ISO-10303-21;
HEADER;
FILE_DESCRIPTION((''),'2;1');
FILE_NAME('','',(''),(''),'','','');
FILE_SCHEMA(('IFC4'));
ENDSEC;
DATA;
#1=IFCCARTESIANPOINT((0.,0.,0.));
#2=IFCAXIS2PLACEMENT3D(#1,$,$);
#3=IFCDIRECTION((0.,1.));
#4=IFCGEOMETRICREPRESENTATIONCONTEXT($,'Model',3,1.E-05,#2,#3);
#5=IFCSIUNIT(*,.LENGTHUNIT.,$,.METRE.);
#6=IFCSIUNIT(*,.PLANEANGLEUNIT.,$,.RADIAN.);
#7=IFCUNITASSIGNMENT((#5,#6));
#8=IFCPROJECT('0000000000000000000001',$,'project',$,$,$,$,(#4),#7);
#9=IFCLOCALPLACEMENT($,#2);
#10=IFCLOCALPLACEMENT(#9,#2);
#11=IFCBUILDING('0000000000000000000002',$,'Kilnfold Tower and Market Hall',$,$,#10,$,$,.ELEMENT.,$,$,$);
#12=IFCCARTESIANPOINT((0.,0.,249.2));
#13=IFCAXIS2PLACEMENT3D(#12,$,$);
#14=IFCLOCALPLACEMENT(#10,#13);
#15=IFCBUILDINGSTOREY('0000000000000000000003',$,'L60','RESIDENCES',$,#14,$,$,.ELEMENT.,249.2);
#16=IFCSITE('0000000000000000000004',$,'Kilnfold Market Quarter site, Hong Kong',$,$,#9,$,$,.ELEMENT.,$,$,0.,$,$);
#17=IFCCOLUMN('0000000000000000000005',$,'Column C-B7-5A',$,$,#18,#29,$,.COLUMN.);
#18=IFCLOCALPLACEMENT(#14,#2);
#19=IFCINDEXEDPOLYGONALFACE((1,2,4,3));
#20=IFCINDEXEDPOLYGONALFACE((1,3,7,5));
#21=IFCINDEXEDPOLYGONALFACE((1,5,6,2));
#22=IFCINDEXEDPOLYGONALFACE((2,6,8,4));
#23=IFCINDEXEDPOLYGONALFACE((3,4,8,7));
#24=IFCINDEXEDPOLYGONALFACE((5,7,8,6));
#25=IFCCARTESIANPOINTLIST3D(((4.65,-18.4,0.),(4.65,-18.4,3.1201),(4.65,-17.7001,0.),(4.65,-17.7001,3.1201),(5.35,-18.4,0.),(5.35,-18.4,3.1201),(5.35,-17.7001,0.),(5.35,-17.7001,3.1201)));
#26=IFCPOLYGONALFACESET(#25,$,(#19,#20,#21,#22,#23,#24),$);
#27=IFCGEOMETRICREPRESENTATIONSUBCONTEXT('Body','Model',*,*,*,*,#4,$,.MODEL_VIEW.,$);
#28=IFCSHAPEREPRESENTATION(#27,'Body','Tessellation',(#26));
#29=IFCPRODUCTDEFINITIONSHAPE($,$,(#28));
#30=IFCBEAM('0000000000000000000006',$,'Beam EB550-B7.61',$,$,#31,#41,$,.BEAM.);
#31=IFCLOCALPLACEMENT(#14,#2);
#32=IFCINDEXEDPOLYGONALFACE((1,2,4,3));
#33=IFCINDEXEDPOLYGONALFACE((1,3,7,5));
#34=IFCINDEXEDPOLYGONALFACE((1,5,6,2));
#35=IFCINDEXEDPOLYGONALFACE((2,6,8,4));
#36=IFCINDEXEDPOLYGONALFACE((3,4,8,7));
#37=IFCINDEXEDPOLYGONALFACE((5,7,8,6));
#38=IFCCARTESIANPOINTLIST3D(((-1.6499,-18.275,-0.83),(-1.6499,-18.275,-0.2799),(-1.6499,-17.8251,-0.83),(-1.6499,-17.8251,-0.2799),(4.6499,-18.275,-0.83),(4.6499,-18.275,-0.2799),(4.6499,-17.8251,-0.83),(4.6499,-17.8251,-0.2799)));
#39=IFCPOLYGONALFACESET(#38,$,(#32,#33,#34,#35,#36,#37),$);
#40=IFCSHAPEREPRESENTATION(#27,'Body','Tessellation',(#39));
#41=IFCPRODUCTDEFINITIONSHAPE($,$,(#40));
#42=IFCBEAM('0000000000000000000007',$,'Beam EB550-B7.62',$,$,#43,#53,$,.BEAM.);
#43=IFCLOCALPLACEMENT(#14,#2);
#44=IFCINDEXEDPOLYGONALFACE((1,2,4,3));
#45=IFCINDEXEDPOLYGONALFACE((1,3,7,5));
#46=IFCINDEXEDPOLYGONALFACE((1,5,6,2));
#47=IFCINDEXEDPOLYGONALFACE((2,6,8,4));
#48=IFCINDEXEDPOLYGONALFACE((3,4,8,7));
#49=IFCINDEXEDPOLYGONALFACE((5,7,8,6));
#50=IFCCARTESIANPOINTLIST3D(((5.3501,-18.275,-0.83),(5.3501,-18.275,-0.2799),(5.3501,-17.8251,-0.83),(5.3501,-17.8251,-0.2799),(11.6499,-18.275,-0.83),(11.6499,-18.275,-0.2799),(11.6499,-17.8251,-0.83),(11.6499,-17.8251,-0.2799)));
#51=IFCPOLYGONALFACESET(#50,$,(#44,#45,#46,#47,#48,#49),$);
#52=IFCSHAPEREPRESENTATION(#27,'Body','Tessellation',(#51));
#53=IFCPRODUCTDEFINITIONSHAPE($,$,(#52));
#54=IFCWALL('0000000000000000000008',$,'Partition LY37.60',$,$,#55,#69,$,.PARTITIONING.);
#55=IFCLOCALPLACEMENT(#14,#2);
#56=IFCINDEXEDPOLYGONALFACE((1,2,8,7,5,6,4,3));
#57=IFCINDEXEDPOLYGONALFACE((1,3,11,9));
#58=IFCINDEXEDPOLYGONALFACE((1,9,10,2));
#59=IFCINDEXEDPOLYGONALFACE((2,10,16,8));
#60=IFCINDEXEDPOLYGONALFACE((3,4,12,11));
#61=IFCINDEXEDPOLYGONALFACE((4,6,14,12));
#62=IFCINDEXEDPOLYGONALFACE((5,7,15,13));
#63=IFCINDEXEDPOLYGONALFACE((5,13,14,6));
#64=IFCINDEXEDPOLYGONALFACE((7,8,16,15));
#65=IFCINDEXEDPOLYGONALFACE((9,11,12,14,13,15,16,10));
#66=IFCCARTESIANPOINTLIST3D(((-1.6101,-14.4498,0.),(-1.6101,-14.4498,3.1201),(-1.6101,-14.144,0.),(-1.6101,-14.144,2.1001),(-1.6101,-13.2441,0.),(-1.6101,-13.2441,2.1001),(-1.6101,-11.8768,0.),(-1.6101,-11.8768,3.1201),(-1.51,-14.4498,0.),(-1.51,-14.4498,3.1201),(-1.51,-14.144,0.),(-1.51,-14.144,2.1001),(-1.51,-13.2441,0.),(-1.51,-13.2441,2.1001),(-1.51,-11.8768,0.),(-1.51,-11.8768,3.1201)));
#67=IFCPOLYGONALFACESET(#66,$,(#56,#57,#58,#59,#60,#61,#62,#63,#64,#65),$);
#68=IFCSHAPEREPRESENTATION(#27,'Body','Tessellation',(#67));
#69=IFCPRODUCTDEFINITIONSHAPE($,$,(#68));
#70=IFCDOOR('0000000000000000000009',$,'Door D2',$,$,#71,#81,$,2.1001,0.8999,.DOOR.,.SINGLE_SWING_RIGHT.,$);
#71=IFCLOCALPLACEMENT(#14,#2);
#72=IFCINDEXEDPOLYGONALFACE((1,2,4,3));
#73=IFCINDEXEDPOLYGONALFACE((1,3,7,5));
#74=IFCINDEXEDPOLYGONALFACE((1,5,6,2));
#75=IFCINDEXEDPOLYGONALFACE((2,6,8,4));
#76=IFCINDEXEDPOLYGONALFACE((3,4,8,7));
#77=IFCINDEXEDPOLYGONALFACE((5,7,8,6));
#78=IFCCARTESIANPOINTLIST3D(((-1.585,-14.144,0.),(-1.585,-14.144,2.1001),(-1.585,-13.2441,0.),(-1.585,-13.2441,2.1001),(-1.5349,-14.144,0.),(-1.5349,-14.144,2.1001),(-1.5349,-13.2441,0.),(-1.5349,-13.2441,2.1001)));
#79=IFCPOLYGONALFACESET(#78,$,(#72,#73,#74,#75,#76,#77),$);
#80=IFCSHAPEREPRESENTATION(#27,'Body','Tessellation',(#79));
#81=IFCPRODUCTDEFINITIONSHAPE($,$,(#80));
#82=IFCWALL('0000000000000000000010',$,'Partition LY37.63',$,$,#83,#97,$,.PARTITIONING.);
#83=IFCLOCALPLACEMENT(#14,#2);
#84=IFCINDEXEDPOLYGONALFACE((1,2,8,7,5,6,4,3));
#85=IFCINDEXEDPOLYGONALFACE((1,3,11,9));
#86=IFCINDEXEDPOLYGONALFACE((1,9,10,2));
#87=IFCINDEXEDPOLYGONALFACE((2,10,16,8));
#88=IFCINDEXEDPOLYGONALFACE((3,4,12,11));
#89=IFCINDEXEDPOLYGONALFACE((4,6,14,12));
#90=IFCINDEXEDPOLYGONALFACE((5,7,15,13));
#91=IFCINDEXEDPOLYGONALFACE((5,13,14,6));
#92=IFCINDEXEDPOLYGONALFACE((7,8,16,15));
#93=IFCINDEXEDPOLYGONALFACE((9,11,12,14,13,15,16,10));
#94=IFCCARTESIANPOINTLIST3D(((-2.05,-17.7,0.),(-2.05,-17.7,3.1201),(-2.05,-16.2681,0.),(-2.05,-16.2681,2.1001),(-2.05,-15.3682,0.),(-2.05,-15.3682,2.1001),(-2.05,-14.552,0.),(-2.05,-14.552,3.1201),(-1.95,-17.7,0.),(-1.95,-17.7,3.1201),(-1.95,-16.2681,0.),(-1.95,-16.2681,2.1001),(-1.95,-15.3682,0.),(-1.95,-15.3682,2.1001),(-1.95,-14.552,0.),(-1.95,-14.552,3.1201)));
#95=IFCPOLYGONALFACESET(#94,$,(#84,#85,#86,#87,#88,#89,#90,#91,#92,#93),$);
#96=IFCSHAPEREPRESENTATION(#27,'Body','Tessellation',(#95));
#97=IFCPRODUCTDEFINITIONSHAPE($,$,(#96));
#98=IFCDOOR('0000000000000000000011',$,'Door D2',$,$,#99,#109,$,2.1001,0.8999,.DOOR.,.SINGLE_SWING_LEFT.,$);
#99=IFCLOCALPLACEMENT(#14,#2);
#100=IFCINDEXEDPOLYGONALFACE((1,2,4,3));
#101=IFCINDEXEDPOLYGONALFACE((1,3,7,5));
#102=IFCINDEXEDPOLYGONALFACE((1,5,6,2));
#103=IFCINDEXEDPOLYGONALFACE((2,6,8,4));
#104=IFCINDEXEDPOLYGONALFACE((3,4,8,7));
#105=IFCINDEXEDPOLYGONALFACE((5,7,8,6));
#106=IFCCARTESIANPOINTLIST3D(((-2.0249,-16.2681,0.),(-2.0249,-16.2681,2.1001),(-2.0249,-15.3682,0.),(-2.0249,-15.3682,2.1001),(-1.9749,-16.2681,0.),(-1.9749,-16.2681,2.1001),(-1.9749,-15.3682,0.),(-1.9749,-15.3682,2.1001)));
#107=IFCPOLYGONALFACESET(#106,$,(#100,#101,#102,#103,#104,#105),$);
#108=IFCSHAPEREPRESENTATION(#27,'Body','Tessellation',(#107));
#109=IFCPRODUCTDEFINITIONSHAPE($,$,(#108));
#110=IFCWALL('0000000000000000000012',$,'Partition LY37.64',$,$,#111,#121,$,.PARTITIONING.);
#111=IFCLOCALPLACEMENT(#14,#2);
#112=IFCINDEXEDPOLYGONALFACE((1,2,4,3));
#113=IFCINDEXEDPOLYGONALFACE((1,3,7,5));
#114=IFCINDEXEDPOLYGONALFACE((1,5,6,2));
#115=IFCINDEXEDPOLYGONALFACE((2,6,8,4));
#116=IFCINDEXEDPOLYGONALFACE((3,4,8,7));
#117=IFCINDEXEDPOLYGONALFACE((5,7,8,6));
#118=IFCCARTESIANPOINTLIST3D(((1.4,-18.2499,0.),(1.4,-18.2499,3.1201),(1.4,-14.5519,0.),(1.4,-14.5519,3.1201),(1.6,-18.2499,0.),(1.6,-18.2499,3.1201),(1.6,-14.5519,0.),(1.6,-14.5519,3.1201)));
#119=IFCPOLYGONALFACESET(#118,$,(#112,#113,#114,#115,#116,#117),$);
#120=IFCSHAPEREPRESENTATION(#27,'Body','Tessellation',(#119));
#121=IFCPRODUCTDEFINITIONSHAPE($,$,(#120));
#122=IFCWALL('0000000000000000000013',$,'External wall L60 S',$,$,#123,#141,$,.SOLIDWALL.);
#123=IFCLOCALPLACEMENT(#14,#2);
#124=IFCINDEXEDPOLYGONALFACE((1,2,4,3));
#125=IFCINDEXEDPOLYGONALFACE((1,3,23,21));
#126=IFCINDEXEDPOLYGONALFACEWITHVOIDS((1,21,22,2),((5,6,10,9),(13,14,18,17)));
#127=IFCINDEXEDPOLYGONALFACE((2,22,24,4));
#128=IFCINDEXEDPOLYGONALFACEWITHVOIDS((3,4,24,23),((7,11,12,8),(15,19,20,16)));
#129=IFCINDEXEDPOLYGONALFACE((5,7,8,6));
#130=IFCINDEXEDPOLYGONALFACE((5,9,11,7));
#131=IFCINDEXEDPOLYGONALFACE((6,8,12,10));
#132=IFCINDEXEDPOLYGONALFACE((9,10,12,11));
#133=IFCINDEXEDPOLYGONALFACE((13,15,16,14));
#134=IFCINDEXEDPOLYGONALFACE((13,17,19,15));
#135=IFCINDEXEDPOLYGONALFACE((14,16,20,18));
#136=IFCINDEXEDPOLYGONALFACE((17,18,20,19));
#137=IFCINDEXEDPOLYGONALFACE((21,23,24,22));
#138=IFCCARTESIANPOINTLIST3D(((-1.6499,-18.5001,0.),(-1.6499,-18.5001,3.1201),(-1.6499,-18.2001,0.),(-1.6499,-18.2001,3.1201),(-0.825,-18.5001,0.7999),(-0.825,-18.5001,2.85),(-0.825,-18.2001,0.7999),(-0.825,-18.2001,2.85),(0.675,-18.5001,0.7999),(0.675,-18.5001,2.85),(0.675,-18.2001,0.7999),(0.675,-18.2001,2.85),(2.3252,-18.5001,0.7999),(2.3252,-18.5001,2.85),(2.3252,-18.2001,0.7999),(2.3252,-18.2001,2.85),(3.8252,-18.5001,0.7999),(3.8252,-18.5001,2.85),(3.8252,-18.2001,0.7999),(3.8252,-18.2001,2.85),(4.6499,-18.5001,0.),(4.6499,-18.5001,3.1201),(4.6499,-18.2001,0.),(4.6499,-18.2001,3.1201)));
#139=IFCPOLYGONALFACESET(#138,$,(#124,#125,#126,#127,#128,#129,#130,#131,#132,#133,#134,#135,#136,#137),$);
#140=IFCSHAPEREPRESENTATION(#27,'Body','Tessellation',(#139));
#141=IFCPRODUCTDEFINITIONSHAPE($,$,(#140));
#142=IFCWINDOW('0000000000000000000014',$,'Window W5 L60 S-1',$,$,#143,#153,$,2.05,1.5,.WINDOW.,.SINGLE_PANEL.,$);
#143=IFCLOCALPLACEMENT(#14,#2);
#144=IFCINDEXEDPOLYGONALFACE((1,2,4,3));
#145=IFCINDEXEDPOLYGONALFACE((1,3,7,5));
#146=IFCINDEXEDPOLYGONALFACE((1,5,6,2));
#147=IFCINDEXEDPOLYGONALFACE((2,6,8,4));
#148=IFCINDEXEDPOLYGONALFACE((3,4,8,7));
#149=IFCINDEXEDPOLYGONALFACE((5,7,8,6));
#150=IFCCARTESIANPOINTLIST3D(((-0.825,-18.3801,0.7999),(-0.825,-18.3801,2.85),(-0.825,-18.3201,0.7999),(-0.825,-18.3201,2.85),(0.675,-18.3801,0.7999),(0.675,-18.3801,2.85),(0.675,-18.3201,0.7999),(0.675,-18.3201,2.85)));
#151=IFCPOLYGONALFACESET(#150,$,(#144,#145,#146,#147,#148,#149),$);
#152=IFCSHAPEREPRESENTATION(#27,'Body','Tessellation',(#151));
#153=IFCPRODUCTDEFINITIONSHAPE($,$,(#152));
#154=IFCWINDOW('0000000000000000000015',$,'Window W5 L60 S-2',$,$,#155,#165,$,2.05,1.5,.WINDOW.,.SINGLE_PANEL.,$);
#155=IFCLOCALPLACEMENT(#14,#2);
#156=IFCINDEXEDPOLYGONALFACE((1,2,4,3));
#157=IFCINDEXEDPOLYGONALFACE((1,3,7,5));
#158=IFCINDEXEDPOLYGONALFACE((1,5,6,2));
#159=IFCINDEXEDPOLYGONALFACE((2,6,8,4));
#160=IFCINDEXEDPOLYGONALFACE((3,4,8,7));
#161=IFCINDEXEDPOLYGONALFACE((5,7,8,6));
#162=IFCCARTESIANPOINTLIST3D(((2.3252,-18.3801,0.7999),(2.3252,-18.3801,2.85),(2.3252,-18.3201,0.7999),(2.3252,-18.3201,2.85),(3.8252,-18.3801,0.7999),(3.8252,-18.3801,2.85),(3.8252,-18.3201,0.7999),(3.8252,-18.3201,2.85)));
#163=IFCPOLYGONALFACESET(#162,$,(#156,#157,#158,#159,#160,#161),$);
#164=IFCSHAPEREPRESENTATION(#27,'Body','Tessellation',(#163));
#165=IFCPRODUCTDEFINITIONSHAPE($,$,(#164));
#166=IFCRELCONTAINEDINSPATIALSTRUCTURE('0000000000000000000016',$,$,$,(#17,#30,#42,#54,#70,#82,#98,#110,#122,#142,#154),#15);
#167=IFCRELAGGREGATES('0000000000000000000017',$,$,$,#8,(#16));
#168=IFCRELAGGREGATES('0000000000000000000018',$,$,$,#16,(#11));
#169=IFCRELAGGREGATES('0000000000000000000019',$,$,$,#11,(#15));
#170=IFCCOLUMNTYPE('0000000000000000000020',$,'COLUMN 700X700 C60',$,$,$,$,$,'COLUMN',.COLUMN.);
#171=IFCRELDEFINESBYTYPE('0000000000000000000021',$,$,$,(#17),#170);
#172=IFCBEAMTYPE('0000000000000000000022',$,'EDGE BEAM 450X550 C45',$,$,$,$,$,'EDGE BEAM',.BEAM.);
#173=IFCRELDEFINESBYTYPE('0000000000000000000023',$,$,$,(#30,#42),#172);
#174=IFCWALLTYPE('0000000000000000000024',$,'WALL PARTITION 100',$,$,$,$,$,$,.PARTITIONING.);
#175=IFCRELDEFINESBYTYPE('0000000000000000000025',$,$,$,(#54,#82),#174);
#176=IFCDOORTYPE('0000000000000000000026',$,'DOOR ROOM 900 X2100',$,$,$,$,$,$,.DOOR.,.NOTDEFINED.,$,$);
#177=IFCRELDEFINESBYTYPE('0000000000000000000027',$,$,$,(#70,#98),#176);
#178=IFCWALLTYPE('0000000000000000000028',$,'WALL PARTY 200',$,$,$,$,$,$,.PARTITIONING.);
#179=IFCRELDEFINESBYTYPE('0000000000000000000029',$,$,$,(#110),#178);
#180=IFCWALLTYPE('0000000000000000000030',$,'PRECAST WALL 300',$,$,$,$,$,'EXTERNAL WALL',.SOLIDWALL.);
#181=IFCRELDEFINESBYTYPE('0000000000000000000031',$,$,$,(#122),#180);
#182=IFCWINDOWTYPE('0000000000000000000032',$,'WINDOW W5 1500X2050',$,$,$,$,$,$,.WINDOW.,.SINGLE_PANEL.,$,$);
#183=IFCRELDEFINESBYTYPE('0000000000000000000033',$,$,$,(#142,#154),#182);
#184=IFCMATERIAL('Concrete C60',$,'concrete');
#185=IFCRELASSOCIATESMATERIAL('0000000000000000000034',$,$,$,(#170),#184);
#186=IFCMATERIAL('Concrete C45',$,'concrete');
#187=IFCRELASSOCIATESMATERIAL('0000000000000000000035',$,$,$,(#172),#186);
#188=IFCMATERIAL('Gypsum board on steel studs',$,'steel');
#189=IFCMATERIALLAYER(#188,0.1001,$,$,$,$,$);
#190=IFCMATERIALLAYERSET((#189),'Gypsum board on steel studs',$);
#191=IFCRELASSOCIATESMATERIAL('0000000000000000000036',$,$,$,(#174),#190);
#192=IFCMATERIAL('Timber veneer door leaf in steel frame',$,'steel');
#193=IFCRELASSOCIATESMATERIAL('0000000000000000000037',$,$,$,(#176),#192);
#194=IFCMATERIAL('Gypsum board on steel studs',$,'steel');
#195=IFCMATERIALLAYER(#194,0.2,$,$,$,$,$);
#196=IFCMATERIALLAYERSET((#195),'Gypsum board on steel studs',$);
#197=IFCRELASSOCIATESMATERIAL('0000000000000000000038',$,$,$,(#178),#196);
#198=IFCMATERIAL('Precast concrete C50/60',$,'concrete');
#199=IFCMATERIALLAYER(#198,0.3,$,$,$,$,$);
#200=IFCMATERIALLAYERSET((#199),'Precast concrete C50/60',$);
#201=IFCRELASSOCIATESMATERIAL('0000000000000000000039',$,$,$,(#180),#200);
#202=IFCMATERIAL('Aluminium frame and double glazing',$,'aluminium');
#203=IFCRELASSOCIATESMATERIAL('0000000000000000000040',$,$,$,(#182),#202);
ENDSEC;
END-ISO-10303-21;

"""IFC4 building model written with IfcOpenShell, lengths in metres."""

from ifc_helpers import new_model, si_unit, direction, frame, frame_2d, origin, origin_2d, place, context, subcontext, project, spatial, rectangle, extrude, source, transform, mapped, material, layer, layer_set, material_profile, profile_set, type_object, element, fill, save


model = new_model("IFC4")

# Units and contexts
model_context = context("Model", 3, precision=1e-05, world=origin(), true_north=direction((0.0, 1.0)))
body_context = subcontext(model_context, "Body", "Model", "MODEL_VIEW")
ifc_project = project(units=[si_unit("LENGTHUNIT", "METRE"), si_unit("PLANEANGLEUNIT", "RADIAN")], contexts=[model_context])

# Site, building, storey
site_placement = place(None, origin())
site = spatial("IfcSite", under=ifc_project, at=site_placement, Name="Kilnfold Market Quarter site, Hong Kong", CompositionType="ELEMENT", RefElevation=0.0)
building_placement = place(site_placement, origin())
building = spatial("IfcBuilding", under=site, at=building_placement, Name="Kilnfold Tower and Market Hall", CompositionType="ELEMENT")
storey_placement = place(building_placement, frame((0.0, 0.0, 249.2)))
storey = spatial("IfcBuildingStorey", under=building, at=storey_placement, Name="L60", Description="RESIDENCES", CompositionType="ELEMENT", Elevation=249.2)

# Column
ifc_material_1 = material(Name="Concrete C60", Category="concrete")
ifc_material_profile_1 = material_profile(ifc_material_1, rectangle(XDim=0.7, YDim=0.7, at=origin_2d()), Name="RC 700x700")
ifc_profile_set_1 = profile_set([ifc_material_profile_1], Name="Concrete C60")
column_type = type_object("IfcColumnType", Name="COLUMN 700X700 C60", ElementType="COLUMN", PredefinedType="COLUMN", material=ifc_profile_set_1)
shared_shape_1 = source(origin(), body_context, "Body", "SweptSolid", [
    extrude(rectangle(XDim=0.7, YDim=0.7, at=origin_2d()), origin(), (0.0, 0.0, 1.0), 3.1201),
])
column_placement = place(storey_placement, frame((5.0, -18.05, 0.0), z_axis=(0.0, 0.0, 1.0), x_axis=(1.0, 0.0, 0.0)))
element("IfcColumn", 1, at=column_placement, inside=storey, type_object=column_type, Name="Column C-B7-5A", PredefinedType="COLUMN", context=body_context, shape_type="MappedRepresentation", body=[
    mapped(shared_shape_1, transform((0.0, 0.0, 0.0))),
])

# Beams
ifc_material_2 = material(Name="Concrete C45", Category="concrete")
ifc_material_profile_2 = material_profile(ifc_material_2, rectangle(XDim=0.45, YDim=0.55, at=origin_2d()), Name="RC 450x550")
ifc_profile_set_2 = profile_set([ifc_material_profile_2], Name="Concrete C45")
beam_type = type_object("IfcBeamType", Name="EDGE BEAM 450X550 C45", ElementType="EDGE BEAM", PredefinedType="BEAM", material=ifc_profile_set_2)
shared_shape_2 = source(origin(), body_context, "Body", "SweptSolid", [
    extrude(rectangle(XDim=0.45, YDim=0.55, at=origin_2d()), origin(), (0.0, 0.0, 1.0), 6.2998),
])
for number, where, z_axis, x_axis, name in (
    (2, (-1.6499, -18.05, -0.5549), (1.0, 0.0, 0.0), (0.0, 1.0, 0.0), "Beam EB550-B7.61"),
    (3, (5.3501, -18.05, -0.5549), (1.0, 0.0, 0.0), (0.0, 1.0, 0.0), "Beam EB550-B7.62"),
):
    element("IfcBeam", number, at=place(storey_placement, frame(where, z_axis=z_axis, x_axis=x_axis)), inside=storey, type_object=beam_type, Name=name, PredefinedType="BEAM", context=body_context, shape_type="MappedRepresentation", body=[
        mapped(shared_shape_2, transform((0.0, 0.0, 0.0))),
    ])

# Walls, openings, doors
ifc_material_3 = material(Name="Gypsum board on steel studs", Category="steel")
ifc_layer_1 = layer(ifc_material_3, 0.1001)
ifc_layer_set_1 = layer_set([ifc_layer_1], Name="Gypsum board on steel studs")
wall_type_1 = type_object("IfcWallType", Name="WALL PARTITION 100", PredefinedType="PARTITIONING", material=ifc_layer_set_1)
wall_1_placement = place(storey_placement, frame((-1.5601, -14.45, 0.0), z_axis=(0.0, 0.0, 1.0), x_axis=(0.0, 1.0, 0.0)))
wall_1 = element("IfcWall", 4, at=wall_1_placement, inside=storey, type_object=wall_type_1, Name="Partition LY37.60", PredefinedType="PARTITIONING", context=body_context, shape_type="SweptSolid", body=[
    extrude(rectangle(XDim=2.573, YDim=0.1001, at=frame_2d((1.2866, 0.0))), origin(), (0.0, 0.0, 1.0), 3.1201),
])
opening_1_placement = place(wall_1_placement, frame((0.3059, 0.0, 0.0)))
opening_1 = element("IfcOpeningElement", 5, at=opening_1_placement, cuts=wall_1, PredefinedType="OPENING", context=body_context, shape_type="SweptSolid", body=[
    extrude(rectangle(XDim=0.8999, YDim=2.1001, at=frame_2d((0.45, 1.05))), frame((0.0, 0.0601, 0.0), z_axis=(0.0, -1.0, 0.0), x_axis=(1.0, 0.0, 0.0)), (0.0, 0.0, 1.0), 0.1201),
])
ifc_material_4 = material(Name="Timber veneer door leaf in steel frame", Category="steel")
door_type = type_object("IfcDoorType", Name="DOOR ROOM 900 X2100", OperationType="NOTDEFINED", PredefinedType="DOOR", material=ifc_material_4)
door_1_placement = place(opening_1_placement, origin())
door_1 = element("IfcDoor", 6, at=door_1_placement, inside=storey, type_object=door_type, Name="Door D2", OperationType="SINGLE_SWING_RIGHT", OverallHeight=2.1001, OverallWidth=0.8999, PredefinedType="DOOR", context=body_context, shape_type="SweptSolid", body=[
    extrude(rectangle(XDim=0.8999, YDim=2.1001, at=frame_2d((0.45, 1.05))), frame((0.0, 0.0249, 0.0), z_axis=(0.0, -1.0, 0.0), x_axis=(1.0, 0.0, 0.0)), (0.0, 0.0, 1.0), 0.05),
])
fill(opening_1, door_1)
wall_2_placement = place(storey_placement, frame((-2.0, -17.7, 0.0), z_axis=(0.0, 0.0, 1.0), x_axis=(0.0, 1.0, 0.0)))
wall_2 = element("IfcWall", 7, at=wall_2_placement, inside=storey, type_object=wall_type_1, Name="Partition LY37.63", PredefinedType="PARTITIONING", context=body_context, shape_type="SweptSolid", body=[
    extrude(rectangle(XDim=3.1479, YDim=0.1001, at=frame_2d((1.574, 0.0))), origin(), (0.0, 0.0, 1.0), 3.1201),
])
opening_2_placement = place(wall_2_placement, frame((1.4319, 0.0, 0.0)))
opening_2 = element("IfcOpeningElement", 8, at=opening_2_placement, cuts=wall_2, PredefinedType="OPENING", context=body_context, shape_type="SweptSolid", body=[
    extrude(rectangle(XDim=0.8999, YDim=2.1001, at=frame_2d((0.45, 1.05))), frame((0.0, 0.0601, 0.0), z_axis=(0.0, -1.0, 0.0), x_axis=(1.0, 0.0, 0.0)), (0.0, 0.0, 1.0), 0.1201),
])
door_2_placement = place(opening_2_placement, origin())
door_2 = element("IfcDoor", 9, at=door_2_placement, inside=storey, type_object=door_type, Name="Door D2", OperationType="SINGLE_SWING_LEFT", OverallHeight=2.1001, OverallWidth=0.8999, PredefinedType="DOOR", context=body_context, shape_type="SweptSolid", body=[
    extrude(rectangle(XDim=0.8999, YDim=2.1001, at=frame_2d((0.45, 1.05))), frame((0.0, 0.0249, 0.0), z_axis=(0.0, -1.0, 0.0), x_axis=(1.0, 0.0, 0.0)), (0.0, 0.0, 1.0), 0.05),
])
fill(opening_2, door_2)

# Wall
ifc_material_5 = material(Name="Gypsum board on steel studs", Category="steel")
ifc_layer_2 = layer(ifc_material_5, 0.2)
ifc_layer_set_2 = layer_set([ifc_layer_2], Name="Gypsum board on steel studs")
wall_type_2 = type_object("IfcWallType", Name="WALL PARTY 200", PredefinedType="PARTITIONING", material=ifc_layer_set_2)
wall_3_placement = place(storey_placement, frame((1.5, -18.25, 0.0), z_axis=(0.0, 0.0, 1.0), x_axis=(0.0, 1.0, 0.0)))
element("IfcWall", 10, at=wall_3_placement, inside=storey, type_object=wall_type_2, Name="Partition LY37.64", PredefinedType="PARTITIONING", context=body_context, shape_type="SweptSolid", body=[
    extrude(rectangle(XDim=3.698, YDim=0.2, at=frame_2d((1.8491, 0.0))), origin(), (0.0, 0.0, 1.0), 3.1201),
])

# Wall, openings, windows
ifc_material_6 = material(Name="Precast concrete C50/60", Category="concrete")
ifc_layer_3 = layer(ifc_material_6, 0.3)
ifc_layer_set_3 = layer_set([ifc_layer_3], Name="Precast concrete C50/60")
wall_type_3 = type_object("IfcWallType", Name="PRECAST WALL 300", ElementType="EXTERNAL WALL", PredefinedType="SOLIDWALL", material=ifc_layer_set_3)
shared_shape_3 = source(origin(), body_context, "Body", "SweptSolid", [
    extrude(rectangle(XDim=6.2998, YDim=0.3, at=frame_2d((3.1499, 0.0))), origin(), (0.0, 0.0, 1.0), 3.1201),
])
wall_4_placement = place(storey_placement, frame((-1.6499, -18.3501, 0.0), z_axis=(0.0, 0.0, 1.0), x_axis=(1.0, 0.0, 0.0)))
wall_4 = element("IfcWall", 11, at=wall_4_placement, inside=storey, type_object=wall_type_3, Name="External wall L60 S", PredefinedType="SOLIDWALL", context=body_context, shape_type="MappedRepresentation", body=[
    mapped(shared_shape_3, transform((0.0, 0.0, 0.0))),
])
opening_3_placement = place(wall_4_placement, frame((0.825, 0.0, 0.8)))
opening_3 = element("IfcOpeningElement", 12, at=opening_3_placement, cuts=wall_4, PredefinedType="OPENING", context=body_context, shape_type="SweptSolid", body=[
    extrude(rectangle(XDim=1.5, YDim=2.05, at=frame_2d((0.75, 1.0249))), frame((0.0, 0.1602, 0.0), z_axis=(0.0, -1.0, 0.0), x_axis=(1.0, 0.0, 0.0)), (0.0, 0.0, 1.0), 0.3201),
])
opening_4_placement = place(wall_4_placement, frame((3.9751, 0.0, 0.8)))
opening_4 = element("IfcOpeningElement", 13, at=opening_4_placement, cuts=wall_4, PredefinedType="OPENING", context=body_context, shape_type="SweptSolid", body=[
    extrude(rectangle(XDim=1.5, YDim=2.05, at=frame_2d((0.75, 1.0249))), frame((0.0, 0.1602, 0.0), z_axis=(0.0, -1.0, 0.0), x_axis=(1.0, 0.0, 0.0)), (0.0, 0.0, 1.0), 0.3201),
])
ifc_material_7 = material(Name="Aluminium frame and double glazing", Category="aluminium")
window_type = type_object("IfcWindowType", Name="WINDOW W5 1500X2050", PartitioningType="SINGLE_PANEL", PredefinedType="WINDOW", material=ifc_material_7)
window_1_placement = place(opening_3_placement, origin())
window_1 = element("IfcWindow", 14, at=window_1_placement, inside=storey, type_object=window_type, Name="Window W5 L60 S-1", OverallHeight=2.05, OverallWidth=1.5, PartitioningType="SINGLE_PANEL", PredefinedType="WINDOW", context=body_context, shape_type="SweptSolid", body=[
    extrude(rectangle(XDim=1.5, YDim=2.05, at=frame_2d((0.75, 1.0249))), frame((0.0, 0.03, 0.0), z_axis=(0.0, -1.0, 0.0), x_axis=(1.0, 0.0, 0.0)), (0.0, 0.0, 1.0), 0.0601),
])
fill(opening_3, window_1)
window_2_placement = place(opening_4_placement, origin())
window_2 = element("IfcWindow", 15, at=window_2_placement, inside=storey, type_object=window_type, Name="Window W5 L60 S-2", OverallHeight=2.05, OverallWidth=1.5, PartitioningType="SINGLE_PANEL", PredefinedType="WINDOW", context=body_context, shape_type="SweptSolid", body=[
    extrude(rectangle(XDim=1.5, YDim=2.05, at=frame_2d((0.75, 1.0249))), frame((0.0, 0.03, 0.0), z_axis=(0.0, -1.0, 0.0), x_axis=(1.0, 0.0, 0.0)), (0.0, 0.0, 1.0), 0.0601),
])
fill(opening_4, window_2)

save(model, "model.ifc")
